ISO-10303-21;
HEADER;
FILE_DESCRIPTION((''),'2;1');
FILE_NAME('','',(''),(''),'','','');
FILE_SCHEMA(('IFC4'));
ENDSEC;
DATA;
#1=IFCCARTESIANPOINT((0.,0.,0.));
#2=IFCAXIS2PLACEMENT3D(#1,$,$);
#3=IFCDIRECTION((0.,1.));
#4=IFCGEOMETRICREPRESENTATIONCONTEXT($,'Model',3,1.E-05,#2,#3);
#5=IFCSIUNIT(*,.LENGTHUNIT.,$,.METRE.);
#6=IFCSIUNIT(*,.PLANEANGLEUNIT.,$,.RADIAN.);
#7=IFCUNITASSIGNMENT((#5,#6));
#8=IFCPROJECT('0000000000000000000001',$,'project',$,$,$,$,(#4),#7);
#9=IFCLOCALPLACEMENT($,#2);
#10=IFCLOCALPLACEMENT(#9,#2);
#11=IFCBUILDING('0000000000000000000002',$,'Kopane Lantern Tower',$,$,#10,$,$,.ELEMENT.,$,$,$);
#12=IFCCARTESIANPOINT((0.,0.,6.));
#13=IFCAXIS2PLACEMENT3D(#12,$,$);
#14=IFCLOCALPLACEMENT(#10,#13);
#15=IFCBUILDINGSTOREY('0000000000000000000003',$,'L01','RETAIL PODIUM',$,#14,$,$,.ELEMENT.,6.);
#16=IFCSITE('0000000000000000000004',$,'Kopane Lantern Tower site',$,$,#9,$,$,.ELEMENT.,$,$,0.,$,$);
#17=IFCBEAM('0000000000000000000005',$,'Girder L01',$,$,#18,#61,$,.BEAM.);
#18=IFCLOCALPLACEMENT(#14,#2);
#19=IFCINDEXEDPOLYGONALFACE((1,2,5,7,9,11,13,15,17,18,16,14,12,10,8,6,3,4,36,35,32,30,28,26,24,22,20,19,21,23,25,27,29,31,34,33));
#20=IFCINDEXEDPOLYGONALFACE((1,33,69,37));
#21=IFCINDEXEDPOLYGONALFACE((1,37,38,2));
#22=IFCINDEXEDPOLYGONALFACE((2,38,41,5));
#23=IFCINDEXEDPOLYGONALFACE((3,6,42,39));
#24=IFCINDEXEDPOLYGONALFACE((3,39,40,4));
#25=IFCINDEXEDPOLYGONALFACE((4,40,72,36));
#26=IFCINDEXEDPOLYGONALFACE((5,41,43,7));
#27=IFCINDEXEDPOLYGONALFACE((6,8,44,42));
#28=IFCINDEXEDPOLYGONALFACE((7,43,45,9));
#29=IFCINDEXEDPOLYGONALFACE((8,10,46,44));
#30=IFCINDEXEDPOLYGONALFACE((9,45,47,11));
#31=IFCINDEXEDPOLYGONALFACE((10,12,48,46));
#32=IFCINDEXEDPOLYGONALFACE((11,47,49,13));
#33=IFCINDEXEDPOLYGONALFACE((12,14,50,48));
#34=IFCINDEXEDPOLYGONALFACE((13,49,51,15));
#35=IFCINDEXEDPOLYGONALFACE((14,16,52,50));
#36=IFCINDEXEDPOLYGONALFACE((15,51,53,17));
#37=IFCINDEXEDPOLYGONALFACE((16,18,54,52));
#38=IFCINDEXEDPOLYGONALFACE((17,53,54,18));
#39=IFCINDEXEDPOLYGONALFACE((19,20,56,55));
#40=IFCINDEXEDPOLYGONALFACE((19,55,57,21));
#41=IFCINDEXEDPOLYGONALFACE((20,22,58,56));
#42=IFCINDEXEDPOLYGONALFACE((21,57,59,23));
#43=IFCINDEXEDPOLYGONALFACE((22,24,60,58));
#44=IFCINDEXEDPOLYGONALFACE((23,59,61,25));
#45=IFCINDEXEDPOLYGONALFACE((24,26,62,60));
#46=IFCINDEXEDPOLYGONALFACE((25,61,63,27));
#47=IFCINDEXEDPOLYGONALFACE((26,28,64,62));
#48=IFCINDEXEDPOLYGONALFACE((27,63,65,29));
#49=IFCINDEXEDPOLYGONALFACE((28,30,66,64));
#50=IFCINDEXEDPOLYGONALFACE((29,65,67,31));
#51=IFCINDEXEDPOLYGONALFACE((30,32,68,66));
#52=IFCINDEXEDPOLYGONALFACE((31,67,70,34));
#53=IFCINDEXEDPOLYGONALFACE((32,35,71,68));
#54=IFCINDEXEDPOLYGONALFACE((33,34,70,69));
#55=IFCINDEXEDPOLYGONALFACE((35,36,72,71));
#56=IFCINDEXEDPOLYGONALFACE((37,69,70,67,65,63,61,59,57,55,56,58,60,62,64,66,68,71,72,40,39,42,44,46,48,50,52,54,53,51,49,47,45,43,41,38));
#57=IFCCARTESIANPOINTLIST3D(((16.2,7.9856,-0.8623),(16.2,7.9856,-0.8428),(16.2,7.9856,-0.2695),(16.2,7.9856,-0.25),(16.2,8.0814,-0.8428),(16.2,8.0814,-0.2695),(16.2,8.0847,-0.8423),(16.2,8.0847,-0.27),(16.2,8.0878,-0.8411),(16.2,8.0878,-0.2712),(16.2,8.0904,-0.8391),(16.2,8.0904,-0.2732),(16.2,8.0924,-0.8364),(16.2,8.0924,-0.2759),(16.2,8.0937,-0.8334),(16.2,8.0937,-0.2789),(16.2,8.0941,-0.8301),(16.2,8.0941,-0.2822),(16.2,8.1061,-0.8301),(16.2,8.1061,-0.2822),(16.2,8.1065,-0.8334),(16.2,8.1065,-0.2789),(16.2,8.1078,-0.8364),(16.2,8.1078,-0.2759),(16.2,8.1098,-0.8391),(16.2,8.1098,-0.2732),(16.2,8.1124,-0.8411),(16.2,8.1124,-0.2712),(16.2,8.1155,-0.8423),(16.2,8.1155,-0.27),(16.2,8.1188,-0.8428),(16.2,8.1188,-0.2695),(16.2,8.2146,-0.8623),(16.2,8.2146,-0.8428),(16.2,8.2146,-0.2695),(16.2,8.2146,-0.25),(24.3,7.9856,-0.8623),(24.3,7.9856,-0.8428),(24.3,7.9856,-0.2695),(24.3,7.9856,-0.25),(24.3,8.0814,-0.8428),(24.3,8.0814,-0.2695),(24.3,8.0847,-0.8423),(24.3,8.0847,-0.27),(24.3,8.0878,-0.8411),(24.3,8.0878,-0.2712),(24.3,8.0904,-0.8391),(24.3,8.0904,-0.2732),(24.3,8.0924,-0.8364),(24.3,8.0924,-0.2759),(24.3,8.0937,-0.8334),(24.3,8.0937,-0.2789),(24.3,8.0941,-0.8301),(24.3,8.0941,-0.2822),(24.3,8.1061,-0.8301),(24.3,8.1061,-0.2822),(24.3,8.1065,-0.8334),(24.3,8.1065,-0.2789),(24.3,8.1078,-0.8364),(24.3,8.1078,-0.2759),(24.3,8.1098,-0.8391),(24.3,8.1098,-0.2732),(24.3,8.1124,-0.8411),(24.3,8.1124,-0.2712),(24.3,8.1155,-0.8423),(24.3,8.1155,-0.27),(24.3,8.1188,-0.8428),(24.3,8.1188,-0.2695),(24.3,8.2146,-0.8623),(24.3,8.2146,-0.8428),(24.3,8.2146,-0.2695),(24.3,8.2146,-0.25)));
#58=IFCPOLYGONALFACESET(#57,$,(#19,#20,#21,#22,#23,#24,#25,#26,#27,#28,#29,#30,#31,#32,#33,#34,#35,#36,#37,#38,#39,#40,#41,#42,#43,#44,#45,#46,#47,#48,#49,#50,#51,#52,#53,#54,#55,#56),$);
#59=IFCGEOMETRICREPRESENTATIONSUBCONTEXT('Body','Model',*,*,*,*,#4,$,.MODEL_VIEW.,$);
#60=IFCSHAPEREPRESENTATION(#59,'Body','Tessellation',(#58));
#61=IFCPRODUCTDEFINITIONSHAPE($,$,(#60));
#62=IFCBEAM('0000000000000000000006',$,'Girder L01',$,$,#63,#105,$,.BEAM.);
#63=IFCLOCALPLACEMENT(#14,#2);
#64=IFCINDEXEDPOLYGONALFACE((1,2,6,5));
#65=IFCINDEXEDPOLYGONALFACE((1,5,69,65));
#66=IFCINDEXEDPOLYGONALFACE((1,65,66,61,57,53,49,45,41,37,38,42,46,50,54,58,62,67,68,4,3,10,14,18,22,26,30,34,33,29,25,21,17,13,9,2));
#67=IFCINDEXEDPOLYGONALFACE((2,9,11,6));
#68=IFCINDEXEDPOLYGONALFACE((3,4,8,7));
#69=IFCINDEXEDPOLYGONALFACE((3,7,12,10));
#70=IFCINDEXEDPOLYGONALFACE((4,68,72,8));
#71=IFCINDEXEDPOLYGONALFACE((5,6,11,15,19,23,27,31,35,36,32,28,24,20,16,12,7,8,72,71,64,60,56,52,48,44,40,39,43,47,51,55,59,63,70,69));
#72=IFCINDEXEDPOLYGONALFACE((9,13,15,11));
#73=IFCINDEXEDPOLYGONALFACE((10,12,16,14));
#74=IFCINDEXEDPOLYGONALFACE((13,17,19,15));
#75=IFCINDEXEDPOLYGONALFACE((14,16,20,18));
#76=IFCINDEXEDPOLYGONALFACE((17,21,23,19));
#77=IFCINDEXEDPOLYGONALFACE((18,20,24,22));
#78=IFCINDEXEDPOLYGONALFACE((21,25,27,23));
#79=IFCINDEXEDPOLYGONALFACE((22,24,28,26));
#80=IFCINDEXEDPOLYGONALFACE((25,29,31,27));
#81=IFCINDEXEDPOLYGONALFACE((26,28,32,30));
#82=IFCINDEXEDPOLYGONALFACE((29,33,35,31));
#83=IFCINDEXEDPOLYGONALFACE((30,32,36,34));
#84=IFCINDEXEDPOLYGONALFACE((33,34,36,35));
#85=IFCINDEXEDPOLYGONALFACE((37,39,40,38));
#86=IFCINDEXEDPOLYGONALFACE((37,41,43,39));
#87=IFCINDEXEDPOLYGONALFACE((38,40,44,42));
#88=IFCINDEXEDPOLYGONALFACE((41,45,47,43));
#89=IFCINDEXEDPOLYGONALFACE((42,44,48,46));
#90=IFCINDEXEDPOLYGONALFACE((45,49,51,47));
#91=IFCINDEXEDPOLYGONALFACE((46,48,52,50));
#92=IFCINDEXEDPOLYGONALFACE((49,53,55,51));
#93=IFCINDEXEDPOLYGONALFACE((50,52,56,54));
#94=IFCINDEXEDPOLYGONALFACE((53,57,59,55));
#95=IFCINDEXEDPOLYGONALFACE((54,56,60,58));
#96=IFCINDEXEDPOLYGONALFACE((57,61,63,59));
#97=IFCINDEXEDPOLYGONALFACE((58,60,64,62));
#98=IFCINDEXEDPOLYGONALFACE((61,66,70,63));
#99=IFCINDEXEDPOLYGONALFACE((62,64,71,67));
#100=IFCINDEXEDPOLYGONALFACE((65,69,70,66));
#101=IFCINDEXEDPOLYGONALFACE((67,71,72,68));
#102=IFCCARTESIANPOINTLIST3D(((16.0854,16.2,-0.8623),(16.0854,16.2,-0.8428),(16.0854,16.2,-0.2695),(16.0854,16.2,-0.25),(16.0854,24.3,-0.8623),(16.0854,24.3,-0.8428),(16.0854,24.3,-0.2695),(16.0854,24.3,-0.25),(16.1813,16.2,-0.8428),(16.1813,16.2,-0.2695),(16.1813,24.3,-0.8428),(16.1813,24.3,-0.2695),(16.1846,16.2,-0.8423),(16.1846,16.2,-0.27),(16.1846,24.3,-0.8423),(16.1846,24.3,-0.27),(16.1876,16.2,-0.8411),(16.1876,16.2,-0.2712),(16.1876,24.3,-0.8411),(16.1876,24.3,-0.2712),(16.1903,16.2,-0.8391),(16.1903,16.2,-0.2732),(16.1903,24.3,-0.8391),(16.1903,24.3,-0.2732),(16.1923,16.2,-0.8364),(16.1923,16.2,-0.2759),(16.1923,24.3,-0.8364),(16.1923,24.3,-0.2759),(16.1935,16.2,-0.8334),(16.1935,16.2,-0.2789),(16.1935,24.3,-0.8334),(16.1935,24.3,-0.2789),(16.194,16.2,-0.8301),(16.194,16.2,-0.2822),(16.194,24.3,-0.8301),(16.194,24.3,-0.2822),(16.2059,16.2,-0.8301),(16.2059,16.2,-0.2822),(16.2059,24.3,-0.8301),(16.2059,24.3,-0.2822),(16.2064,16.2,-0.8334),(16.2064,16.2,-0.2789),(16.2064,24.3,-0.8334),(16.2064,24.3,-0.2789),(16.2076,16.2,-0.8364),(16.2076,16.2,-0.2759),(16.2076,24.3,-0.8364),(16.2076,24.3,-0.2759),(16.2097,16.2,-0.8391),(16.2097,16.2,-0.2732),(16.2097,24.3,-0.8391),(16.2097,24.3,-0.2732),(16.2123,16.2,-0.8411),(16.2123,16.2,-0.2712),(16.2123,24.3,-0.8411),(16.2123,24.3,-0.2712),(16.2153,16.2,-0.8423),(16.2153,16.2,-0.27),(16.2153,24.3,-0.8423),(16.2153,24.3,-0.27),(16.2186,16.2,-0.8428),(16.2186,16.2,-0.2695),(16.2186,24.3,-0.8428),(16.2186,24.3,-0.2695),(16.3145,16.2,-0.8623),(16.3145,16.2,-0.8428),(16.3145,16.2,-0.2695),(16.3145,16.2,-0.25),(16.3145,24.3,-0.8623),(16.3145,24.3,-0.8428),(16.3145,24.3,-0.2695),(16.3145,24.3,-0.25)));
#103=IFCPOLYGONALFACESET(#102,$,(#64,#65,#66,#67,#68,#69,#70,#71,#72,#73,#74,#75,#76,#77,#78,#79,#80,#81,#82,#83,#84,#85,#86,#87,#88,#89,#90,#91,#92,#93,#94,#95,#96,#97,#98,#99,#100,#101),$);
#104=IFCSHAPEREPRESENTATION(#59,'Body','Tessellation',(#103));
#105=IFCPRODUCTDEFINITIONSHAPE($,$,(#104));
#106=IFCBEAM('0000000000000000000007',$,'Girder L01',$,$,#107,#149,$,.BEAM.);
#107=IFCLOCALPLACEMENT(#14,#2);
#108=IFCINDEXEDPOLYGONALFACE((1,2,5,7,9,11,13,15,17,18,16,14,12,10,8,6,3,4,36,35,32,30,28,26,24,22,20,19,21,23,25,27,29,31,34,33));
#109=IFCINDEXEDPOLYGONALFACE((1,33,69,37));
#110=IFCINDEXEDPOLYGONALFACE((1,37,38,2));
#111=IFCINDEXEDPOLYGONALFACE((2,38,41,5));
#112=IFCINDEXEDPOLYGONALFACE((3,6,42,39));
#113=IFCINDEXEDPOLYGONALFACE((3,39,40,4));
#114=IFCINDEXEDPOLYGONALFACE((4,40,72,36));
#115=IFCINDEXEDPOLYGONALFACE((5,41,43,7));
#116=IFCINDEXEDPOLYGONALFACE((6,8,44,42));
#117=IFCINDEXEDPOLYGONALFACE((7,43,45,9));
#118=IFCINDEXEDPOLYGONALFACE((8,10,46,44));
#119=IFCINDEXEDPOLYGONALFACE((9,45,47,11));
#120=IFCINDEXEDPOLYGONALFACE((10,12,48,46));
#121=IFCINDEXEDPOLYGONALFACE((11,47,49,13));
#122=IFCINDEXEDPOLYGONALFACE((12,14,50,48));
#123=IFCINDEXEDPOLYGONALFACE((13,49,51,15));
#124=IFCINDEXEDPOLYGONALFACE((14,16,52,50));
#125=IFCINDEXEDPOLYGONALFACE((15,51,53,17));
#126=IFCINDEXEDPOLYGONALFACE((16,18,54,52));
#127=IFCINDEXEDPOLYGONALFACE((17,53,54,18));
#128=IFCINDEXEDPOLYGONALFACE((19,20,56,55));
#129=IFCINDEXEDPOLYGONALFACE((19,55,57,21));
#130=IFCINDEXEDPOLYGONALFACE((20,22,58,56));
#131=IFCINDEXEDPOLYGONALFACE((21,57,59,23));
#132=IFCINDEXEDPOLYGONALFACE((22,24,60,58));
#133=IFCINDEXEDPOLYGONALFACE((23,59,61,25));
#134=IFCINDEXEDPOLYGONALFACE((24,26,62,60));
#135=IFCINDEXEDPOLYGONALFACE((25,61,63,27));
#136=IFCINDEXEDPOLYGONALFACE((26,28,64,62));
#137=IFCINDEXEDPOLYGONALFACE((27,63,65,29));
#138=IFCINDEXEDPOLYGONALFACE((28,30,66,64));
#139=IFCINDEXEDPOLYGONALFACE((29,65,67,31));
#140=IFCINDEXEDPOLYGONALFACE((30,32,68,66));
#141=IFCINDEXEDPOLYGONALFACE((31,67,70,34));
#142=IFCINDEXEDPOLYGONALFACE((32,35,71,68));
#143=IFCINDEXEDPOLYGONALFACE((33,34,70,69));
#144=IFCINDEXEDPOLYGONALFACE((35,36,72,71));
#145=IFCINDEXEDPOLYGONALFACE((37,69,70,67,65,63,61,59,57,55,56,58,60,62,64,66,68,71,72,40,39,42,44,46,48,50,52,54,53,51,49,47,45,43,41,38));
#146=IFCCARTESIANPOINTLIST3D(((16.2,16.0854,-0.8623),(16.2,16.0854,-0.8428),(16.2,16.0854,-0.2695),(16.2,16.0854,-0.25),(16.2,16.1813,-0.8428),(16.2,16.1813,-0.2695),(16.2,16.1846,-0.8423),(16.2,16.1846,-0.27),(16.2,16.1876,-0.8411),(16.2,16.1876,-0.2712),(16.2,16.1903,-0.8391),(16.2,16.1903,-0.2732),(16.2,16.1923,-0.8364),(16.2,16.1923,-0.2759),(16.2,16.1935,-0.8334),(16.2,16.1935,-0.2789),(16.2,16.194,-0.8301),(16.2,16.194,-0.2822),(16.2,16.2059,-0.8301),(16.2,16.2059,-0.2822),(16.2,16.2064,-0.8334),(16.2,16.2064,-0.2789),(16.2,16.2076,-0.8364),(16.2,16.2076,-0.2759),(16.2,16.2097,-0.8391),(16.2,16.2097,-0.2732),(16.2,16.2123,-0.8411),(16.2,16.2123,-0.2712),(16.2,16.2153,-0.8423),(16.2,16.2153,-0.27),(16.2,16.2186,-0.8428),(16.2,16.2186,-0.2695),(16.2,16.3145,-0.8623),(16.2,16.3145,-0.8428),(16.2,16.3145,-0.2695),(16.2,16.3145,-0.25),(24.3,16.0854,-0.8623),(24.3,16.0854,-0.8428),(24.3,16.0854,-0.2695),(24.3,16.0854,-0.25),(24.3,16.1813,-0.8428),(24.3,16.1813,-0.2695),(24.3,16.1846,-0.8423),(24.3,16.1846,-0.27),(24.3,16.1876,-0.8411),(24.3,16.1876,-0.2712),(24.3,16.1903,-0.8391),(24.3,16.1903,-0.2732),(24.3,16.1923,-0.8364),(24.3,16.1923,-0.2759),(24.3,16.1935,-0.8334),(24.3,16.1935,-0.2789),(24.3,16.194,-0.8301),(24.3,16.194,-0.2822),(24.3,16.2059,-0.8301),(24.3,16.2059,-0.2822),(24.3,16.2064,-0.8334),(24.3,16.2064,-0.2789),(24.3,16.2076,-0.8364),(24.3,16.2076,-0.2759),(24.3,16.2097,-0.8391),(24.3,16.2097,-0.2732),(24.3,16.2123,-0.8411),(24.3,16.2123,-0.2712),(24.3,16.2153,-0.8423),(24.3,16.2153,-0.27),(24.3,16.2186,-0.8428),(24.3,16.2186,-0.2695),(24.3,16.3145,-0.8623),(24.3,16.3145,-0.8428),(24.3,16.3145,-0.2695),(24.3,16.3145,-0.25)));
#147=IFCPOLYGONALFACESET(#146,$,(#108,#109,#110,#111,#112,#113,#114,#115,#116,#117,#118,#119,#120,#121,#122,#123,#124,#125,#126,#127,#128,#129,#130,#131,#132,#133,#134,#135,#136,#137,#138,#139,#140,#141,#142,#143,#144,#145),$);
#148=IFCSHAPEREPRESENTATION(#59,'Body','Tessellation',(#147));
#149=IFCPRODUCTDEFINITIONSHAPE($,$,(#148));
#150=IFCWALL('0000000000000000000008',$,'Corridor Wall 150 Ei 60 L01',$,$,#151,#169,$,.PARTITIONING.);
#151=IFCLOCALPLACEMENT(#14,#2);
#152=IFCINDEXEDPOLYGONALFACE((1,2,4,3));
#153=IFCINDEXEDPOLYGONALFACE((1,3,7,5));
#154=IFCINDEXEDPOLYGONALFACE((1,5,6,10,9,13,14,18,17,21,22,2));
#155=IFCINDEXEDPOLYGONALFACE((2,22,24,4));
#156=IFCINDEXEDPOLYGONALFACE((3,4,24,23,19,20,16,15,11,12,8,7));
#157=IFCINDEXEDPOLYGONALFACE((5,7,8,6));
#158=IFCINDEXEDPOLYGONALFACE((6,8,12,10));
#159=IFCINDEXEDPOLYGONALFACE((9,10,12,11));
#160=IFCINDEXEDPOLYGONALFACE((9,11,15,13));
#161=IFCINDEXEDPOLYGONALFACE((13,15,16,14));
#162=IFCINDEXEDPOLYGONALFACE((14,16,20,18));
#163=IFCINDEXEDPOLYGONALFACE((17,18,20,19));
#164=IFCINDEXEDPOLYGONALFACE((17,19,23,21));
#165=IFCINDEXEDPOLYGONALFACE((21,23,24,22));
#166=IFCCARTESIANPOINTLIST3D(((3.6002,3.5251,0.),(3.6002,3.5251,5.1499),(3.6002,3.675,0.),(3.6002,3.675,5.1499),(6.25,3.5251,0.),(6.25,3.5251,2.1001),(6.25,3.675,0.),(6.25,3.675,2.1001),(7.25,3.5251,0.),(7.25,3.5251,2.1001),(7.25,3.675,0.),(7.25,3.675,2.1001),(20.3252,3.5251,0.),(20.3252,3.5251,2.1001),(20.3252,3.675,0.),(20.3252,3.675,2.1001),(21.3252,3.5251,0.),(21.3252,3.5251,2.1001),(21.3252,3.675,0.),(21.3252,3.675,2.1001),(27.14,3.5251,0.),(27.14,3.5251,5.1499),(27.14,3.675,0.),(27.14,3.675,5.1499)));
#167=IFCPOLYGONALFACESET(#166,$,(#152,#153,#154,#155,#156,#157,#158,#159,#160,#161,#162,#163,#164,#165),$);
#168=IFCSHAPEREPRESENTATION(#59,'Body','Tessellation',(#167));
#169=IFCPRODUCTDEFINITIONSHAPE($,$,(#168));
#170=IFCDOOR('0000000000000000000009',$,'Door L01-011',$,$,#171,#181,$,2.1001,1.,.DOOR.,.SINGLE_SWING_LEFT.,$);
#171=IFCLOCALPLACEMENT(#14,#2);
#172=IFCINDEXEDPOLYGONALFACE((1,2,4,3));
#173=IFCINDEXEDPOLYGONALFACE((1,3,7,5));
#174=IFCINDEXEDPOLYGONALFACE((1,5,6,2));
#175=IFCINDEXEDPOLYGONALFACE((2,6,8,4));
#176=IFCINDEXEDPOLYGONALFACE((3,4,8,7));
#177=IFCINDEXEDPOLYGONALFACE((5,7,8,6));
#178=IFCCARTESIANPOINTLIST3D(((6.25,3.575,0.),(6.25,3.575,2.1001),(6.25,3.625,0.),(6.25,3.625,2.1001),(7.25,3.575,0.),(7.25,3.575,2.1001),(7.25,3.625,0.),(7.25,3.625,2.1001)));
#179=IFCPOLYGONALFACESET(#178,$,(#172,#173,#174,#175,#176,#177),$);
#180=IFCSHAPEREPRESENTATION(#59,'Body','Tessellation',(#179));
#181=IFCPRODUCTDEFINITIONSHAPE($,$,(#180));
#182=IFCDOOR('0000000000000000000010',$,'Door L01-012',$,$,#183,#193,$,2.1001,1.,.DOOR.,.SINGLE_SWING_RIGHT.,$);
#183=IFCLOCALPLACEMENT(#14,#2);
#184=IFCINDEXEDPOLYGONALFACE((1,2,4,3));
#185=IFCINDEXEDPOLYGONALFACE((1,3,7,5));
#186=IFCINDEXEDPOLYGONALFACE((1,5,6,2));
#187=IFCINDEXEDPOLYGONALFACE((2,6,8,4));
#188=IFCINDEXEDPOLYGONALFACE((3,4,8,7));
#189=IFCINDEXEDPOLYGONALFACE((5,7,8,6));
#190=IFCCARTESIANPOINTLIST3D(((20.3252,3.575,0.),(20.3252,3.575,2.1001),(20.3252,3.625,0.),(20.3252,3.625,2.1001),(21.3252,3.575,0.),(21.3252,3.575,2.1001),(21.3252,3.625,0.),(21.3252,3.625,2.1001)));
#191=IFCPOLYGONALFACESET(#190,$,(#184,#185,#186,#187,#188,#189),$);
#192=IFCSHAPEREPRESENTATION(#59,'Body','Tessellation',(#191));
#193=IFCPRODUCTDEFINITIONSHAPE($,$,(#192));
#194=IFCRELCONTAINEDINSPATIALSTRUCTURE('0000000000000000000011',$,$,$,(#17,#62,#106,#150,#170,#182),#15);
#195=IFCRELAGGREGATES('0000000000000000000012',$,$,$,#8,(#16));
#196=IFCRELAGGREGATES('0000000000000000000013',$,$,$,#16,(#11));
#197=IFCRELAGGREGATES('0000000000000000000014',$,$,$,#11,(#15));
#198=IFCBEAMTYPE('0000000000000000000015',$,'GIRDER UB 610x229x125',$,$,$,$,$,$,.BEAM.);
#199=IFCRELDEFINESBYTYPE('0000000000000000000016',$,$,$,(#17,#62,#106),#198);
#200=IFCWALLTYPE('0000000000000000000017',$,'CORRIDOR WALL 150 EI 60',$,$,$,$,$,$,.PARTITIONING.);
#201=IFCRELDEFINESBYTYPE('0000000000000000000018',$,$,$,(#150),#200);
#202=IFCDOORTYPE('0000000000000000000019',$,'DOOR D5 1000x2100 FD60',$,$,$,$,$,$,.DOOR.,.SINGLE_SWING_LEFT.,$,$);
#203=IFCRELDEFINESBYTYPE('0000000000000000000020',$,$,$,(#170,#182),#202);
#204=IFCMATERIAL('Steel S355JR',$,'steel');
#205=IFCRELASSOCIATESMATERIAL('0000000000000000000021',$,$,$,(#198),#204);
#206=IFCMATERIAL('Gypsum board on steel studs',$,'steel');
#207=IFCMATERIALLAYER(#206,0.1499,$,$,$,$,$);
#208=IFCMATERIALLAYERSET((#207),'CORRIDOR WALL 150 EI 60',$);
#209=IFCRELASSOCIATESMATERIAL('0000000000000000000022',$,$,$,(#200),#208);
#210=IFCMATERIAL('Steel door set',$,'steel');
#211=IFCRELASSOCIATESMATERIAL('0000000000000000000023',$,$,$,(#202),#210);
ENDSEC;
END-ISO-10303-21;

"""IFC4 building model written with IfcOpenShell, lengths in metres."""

from ifc_helpers import new_model, si_unit, direction, frame, frame_2d, origin, origin_2d, place, context, subcontext, project, spatial, rectangle, i_section, extrude, material, layer, layer_set, material_profile, profile_set, type_object, element, fill, save


model = new_model("IFC4")

# Units and contexts
model_context = context("Model", 3, precision=1e-05, world=origin(), true_north=direction((0.0, 1.0)))
body_context = subcontext(model_context, "Body", "Model", "MODEL_VIEW")
ifc_project = project(units=[si_unit("LENGTHUNIT", "METRE"), si_unit("PLANEANGLEUNIT", "RADIAN")], contexts=[model_context])

# Site, building, storey
site_placement = place(None, origin())
site = spatial("IfcSite", under=ifc_project, at=site_placement, Name="Kopane Lantern Tower site", CompositionType="ELEMENT", RefElevation=0.0)
building_placement = place(site_placement, origin())
building = spatial("IfcBuilding", under=site, at=building_placement, Name="Kopane Lantern Tower", CompositionType="ELEMENT")
storey_placement = place(building_placement, frame((0.0, 0.0, 6.0)))
storey = spatial("IfcBuildingStorey", under=building, at=storey_placement, Name="L01", Description="RETAIL PODIUM", CompositionType="ELEMENT", Elevation=6.0)

# Beams
ifc_material_1 = material(Name="Steel S355JR", Category="steel")
ifc_material_profile_1 = material_profile(ifc_material_1, i_section(OverallWidth=0.229, OverallDepth=0.6123, WebThickness=0.012, FlangeThickness=0.0195, FilletRadius=0.0127, at=origin_2d()), Name="UB 610x229x125")
ifc_profile_set_1 = profile_set([ifc_material_profile_1], Name="Steel S355JR")
beam_type = type_object("IfcBeamType", Name="GIRDER UB 610x229x125", PredefinedType="BEAM", material=ifc_profile_set_1)
for number, where, z_axis, x_axis, name in (
    (1, (16.2, 8.1001, -0.5562), (1.0, 0.0, 0.0), (0.0, 1.0, 0.0), "Girder L01"),
    (2, (16.2, 16.2, -0.5562), (0.0, 1.0, 0.0), (-1.0, 0.0, 0.0), "Girder L01"),
    (3, (16.2, 16.2, -0.5562), (1.0, 0.0, 0.0), (0.0, 1.0, 0.0), "Girder L01"),
):
    element("IfcBeam", number, at=place(storey_placement, frame(where, z_axis=z_axis, x_axis=x_axis)), inside=storey, type_object=beam_type, Name=name, PredefinedType="BEAM", context=body_context, shape_type="SweptSolid", body=[
        extrude(i_section(OverallWidth=0.229, OverallDepth=0.6123, WebThickness=0.012, FlangeThickness=0.0195, FilletRadius=0.0127, at=origin_2d()), origin(), (0.0, 0.0, 1.0), 8.1001),
    ])

# Wall, openings, doors
ifc_material_2 = material(Name="Gypsum board on steel studs", Category="steel")
ifc_layer_1 = layer(ifc_material_2, 0.1499)
ifc_layer_set_1 = layer_set([ifc_layer_1], Name="CORRIDOR WALL 150 EI 60")
wall_type_1 = type_object("IfcWallType", Name="CORRIDOR WALL 150 EI 60", PredefinedType="PARTITIONING", material=ifc_layer_set_1)
wall_1_placement = place(storey_placement, frame((3.6001, 3.6001, 0.0), z_axis=(0.0, 0.0, 1.0), x_axis=(1.0, 0.0, 0.0)))
wall_1 = element("IfcWall", 4, at=wall_1_placement, inside=storey, type_object=wall_type_1, Name="Corridor Wall 150 Ei 60 L01", PredefinedType="PARTITIONING", context=body_context, shape_type="SweptSolid", body=[
    extrude(rectangle(XDim=23.5398, YDim=0.1499, at=frame_2d((11.77, 0.0))), origin(), (0.0, 0.0, 1.0), 5.1499),
])
opening_1_placement = place(wall_1_placement, frame((2.6499, 0.0, 0.0)))
opening_1 = element("IfcOpeningElement", 5, at=opening_1_placement, cuts=wall_1, PredefinedType="OPENING", context=body_context, shape_type="SweptSolid", body=[
    extrude(rectangle(XDim=1.0, YDim=2.1001, at=frame_2d((0.5, 1.05))), frame((0.0, 0.085, 0.0), z_axis=(0.0, -1.0, 0.0), x_axis=(1.0, 0.0, 0.0)), (0.0, 0.0, 1.0), 0.1699),
])
opening_2_placement = place(wall_1_placement, frame((16.7251, 0.0, 0.0)))
opening_2 = element("IfcOpeningElement", 6, at=opening_2_placement, cuts=wall_1, PredefinedType="OPENING", context=body_context, shape_type="SweptSolid", body=[
    extrude(rectangle(XDim=1.0, YDim=2.1001, at=frame_2d((0.5, 1.05))), frame((0.0, 0.085, 0.0), z_axis=(0.0, -1.0, 0.0), x_axis=(1.0, 0.0, 0.0)), (0.0, 0.0, 1.0), 0.1699),
])
ifc_material_3 = material(Name="Steel door set", Category="steel")
door_type = type_object("IfcDoorType", Name="DOOR D5 1000x2100 FD60", OperationType="SINGLE_SWING_LEFT", PredefinedType="DOOR", material=ifc_material_3)
door_1_placement = place(opening_1_placement, origin())
door_1 = element("IfcDoor", 7, at=door_1_placement, inside=storey, type_object=door_type, Name="Door L01-011", OperationType="SINGLE_SWING_LEFT", OverallHeight=2.1001, OverallWidth=1.0, PredefinedType="DOOR", context=body_context, shape_type="SweptSolid", body=[
    extrude(rectangle(XDim=1.0, YDim=2.1001, at=frame_2d((0.5, 1.05))), frame((0.0, 0.0249, 0.0), z_axis=(0.0, -1.0, 0.0), x_axis=(1.0, 0.0, 0.0)), (0.0, 0.0, 1.0), 0.05),
])
fill(opening_1, door_1)
door_2_placement = place(opening_2_placement, origin())
door_2 = element("IfcDoor", 8, at=door_2_placement, inside=storey, type_object=door_type, Name="Door L01-012", OperationType="SINGLE_SWING_RIGHT", OverallHeight=2.1001, OverallWidth=1.0, PredefinedType="DOOR", context=body_context, shape_type="SweptSolid", body=[
    extrude(rectangle(XDim=1.0, YDim=2.1001, at=frame_2d((0.5, 1.05))), frame((0.0, 0.0249, 0.0), z_axis=(0.0, -1.0, 0.0), x_axis=(1.0, 0.0, 0.0)), (0.0, 0.0, 1.0), 0.05),
])
fill(opening_2, door_2)

save(model, "model.ifc")
